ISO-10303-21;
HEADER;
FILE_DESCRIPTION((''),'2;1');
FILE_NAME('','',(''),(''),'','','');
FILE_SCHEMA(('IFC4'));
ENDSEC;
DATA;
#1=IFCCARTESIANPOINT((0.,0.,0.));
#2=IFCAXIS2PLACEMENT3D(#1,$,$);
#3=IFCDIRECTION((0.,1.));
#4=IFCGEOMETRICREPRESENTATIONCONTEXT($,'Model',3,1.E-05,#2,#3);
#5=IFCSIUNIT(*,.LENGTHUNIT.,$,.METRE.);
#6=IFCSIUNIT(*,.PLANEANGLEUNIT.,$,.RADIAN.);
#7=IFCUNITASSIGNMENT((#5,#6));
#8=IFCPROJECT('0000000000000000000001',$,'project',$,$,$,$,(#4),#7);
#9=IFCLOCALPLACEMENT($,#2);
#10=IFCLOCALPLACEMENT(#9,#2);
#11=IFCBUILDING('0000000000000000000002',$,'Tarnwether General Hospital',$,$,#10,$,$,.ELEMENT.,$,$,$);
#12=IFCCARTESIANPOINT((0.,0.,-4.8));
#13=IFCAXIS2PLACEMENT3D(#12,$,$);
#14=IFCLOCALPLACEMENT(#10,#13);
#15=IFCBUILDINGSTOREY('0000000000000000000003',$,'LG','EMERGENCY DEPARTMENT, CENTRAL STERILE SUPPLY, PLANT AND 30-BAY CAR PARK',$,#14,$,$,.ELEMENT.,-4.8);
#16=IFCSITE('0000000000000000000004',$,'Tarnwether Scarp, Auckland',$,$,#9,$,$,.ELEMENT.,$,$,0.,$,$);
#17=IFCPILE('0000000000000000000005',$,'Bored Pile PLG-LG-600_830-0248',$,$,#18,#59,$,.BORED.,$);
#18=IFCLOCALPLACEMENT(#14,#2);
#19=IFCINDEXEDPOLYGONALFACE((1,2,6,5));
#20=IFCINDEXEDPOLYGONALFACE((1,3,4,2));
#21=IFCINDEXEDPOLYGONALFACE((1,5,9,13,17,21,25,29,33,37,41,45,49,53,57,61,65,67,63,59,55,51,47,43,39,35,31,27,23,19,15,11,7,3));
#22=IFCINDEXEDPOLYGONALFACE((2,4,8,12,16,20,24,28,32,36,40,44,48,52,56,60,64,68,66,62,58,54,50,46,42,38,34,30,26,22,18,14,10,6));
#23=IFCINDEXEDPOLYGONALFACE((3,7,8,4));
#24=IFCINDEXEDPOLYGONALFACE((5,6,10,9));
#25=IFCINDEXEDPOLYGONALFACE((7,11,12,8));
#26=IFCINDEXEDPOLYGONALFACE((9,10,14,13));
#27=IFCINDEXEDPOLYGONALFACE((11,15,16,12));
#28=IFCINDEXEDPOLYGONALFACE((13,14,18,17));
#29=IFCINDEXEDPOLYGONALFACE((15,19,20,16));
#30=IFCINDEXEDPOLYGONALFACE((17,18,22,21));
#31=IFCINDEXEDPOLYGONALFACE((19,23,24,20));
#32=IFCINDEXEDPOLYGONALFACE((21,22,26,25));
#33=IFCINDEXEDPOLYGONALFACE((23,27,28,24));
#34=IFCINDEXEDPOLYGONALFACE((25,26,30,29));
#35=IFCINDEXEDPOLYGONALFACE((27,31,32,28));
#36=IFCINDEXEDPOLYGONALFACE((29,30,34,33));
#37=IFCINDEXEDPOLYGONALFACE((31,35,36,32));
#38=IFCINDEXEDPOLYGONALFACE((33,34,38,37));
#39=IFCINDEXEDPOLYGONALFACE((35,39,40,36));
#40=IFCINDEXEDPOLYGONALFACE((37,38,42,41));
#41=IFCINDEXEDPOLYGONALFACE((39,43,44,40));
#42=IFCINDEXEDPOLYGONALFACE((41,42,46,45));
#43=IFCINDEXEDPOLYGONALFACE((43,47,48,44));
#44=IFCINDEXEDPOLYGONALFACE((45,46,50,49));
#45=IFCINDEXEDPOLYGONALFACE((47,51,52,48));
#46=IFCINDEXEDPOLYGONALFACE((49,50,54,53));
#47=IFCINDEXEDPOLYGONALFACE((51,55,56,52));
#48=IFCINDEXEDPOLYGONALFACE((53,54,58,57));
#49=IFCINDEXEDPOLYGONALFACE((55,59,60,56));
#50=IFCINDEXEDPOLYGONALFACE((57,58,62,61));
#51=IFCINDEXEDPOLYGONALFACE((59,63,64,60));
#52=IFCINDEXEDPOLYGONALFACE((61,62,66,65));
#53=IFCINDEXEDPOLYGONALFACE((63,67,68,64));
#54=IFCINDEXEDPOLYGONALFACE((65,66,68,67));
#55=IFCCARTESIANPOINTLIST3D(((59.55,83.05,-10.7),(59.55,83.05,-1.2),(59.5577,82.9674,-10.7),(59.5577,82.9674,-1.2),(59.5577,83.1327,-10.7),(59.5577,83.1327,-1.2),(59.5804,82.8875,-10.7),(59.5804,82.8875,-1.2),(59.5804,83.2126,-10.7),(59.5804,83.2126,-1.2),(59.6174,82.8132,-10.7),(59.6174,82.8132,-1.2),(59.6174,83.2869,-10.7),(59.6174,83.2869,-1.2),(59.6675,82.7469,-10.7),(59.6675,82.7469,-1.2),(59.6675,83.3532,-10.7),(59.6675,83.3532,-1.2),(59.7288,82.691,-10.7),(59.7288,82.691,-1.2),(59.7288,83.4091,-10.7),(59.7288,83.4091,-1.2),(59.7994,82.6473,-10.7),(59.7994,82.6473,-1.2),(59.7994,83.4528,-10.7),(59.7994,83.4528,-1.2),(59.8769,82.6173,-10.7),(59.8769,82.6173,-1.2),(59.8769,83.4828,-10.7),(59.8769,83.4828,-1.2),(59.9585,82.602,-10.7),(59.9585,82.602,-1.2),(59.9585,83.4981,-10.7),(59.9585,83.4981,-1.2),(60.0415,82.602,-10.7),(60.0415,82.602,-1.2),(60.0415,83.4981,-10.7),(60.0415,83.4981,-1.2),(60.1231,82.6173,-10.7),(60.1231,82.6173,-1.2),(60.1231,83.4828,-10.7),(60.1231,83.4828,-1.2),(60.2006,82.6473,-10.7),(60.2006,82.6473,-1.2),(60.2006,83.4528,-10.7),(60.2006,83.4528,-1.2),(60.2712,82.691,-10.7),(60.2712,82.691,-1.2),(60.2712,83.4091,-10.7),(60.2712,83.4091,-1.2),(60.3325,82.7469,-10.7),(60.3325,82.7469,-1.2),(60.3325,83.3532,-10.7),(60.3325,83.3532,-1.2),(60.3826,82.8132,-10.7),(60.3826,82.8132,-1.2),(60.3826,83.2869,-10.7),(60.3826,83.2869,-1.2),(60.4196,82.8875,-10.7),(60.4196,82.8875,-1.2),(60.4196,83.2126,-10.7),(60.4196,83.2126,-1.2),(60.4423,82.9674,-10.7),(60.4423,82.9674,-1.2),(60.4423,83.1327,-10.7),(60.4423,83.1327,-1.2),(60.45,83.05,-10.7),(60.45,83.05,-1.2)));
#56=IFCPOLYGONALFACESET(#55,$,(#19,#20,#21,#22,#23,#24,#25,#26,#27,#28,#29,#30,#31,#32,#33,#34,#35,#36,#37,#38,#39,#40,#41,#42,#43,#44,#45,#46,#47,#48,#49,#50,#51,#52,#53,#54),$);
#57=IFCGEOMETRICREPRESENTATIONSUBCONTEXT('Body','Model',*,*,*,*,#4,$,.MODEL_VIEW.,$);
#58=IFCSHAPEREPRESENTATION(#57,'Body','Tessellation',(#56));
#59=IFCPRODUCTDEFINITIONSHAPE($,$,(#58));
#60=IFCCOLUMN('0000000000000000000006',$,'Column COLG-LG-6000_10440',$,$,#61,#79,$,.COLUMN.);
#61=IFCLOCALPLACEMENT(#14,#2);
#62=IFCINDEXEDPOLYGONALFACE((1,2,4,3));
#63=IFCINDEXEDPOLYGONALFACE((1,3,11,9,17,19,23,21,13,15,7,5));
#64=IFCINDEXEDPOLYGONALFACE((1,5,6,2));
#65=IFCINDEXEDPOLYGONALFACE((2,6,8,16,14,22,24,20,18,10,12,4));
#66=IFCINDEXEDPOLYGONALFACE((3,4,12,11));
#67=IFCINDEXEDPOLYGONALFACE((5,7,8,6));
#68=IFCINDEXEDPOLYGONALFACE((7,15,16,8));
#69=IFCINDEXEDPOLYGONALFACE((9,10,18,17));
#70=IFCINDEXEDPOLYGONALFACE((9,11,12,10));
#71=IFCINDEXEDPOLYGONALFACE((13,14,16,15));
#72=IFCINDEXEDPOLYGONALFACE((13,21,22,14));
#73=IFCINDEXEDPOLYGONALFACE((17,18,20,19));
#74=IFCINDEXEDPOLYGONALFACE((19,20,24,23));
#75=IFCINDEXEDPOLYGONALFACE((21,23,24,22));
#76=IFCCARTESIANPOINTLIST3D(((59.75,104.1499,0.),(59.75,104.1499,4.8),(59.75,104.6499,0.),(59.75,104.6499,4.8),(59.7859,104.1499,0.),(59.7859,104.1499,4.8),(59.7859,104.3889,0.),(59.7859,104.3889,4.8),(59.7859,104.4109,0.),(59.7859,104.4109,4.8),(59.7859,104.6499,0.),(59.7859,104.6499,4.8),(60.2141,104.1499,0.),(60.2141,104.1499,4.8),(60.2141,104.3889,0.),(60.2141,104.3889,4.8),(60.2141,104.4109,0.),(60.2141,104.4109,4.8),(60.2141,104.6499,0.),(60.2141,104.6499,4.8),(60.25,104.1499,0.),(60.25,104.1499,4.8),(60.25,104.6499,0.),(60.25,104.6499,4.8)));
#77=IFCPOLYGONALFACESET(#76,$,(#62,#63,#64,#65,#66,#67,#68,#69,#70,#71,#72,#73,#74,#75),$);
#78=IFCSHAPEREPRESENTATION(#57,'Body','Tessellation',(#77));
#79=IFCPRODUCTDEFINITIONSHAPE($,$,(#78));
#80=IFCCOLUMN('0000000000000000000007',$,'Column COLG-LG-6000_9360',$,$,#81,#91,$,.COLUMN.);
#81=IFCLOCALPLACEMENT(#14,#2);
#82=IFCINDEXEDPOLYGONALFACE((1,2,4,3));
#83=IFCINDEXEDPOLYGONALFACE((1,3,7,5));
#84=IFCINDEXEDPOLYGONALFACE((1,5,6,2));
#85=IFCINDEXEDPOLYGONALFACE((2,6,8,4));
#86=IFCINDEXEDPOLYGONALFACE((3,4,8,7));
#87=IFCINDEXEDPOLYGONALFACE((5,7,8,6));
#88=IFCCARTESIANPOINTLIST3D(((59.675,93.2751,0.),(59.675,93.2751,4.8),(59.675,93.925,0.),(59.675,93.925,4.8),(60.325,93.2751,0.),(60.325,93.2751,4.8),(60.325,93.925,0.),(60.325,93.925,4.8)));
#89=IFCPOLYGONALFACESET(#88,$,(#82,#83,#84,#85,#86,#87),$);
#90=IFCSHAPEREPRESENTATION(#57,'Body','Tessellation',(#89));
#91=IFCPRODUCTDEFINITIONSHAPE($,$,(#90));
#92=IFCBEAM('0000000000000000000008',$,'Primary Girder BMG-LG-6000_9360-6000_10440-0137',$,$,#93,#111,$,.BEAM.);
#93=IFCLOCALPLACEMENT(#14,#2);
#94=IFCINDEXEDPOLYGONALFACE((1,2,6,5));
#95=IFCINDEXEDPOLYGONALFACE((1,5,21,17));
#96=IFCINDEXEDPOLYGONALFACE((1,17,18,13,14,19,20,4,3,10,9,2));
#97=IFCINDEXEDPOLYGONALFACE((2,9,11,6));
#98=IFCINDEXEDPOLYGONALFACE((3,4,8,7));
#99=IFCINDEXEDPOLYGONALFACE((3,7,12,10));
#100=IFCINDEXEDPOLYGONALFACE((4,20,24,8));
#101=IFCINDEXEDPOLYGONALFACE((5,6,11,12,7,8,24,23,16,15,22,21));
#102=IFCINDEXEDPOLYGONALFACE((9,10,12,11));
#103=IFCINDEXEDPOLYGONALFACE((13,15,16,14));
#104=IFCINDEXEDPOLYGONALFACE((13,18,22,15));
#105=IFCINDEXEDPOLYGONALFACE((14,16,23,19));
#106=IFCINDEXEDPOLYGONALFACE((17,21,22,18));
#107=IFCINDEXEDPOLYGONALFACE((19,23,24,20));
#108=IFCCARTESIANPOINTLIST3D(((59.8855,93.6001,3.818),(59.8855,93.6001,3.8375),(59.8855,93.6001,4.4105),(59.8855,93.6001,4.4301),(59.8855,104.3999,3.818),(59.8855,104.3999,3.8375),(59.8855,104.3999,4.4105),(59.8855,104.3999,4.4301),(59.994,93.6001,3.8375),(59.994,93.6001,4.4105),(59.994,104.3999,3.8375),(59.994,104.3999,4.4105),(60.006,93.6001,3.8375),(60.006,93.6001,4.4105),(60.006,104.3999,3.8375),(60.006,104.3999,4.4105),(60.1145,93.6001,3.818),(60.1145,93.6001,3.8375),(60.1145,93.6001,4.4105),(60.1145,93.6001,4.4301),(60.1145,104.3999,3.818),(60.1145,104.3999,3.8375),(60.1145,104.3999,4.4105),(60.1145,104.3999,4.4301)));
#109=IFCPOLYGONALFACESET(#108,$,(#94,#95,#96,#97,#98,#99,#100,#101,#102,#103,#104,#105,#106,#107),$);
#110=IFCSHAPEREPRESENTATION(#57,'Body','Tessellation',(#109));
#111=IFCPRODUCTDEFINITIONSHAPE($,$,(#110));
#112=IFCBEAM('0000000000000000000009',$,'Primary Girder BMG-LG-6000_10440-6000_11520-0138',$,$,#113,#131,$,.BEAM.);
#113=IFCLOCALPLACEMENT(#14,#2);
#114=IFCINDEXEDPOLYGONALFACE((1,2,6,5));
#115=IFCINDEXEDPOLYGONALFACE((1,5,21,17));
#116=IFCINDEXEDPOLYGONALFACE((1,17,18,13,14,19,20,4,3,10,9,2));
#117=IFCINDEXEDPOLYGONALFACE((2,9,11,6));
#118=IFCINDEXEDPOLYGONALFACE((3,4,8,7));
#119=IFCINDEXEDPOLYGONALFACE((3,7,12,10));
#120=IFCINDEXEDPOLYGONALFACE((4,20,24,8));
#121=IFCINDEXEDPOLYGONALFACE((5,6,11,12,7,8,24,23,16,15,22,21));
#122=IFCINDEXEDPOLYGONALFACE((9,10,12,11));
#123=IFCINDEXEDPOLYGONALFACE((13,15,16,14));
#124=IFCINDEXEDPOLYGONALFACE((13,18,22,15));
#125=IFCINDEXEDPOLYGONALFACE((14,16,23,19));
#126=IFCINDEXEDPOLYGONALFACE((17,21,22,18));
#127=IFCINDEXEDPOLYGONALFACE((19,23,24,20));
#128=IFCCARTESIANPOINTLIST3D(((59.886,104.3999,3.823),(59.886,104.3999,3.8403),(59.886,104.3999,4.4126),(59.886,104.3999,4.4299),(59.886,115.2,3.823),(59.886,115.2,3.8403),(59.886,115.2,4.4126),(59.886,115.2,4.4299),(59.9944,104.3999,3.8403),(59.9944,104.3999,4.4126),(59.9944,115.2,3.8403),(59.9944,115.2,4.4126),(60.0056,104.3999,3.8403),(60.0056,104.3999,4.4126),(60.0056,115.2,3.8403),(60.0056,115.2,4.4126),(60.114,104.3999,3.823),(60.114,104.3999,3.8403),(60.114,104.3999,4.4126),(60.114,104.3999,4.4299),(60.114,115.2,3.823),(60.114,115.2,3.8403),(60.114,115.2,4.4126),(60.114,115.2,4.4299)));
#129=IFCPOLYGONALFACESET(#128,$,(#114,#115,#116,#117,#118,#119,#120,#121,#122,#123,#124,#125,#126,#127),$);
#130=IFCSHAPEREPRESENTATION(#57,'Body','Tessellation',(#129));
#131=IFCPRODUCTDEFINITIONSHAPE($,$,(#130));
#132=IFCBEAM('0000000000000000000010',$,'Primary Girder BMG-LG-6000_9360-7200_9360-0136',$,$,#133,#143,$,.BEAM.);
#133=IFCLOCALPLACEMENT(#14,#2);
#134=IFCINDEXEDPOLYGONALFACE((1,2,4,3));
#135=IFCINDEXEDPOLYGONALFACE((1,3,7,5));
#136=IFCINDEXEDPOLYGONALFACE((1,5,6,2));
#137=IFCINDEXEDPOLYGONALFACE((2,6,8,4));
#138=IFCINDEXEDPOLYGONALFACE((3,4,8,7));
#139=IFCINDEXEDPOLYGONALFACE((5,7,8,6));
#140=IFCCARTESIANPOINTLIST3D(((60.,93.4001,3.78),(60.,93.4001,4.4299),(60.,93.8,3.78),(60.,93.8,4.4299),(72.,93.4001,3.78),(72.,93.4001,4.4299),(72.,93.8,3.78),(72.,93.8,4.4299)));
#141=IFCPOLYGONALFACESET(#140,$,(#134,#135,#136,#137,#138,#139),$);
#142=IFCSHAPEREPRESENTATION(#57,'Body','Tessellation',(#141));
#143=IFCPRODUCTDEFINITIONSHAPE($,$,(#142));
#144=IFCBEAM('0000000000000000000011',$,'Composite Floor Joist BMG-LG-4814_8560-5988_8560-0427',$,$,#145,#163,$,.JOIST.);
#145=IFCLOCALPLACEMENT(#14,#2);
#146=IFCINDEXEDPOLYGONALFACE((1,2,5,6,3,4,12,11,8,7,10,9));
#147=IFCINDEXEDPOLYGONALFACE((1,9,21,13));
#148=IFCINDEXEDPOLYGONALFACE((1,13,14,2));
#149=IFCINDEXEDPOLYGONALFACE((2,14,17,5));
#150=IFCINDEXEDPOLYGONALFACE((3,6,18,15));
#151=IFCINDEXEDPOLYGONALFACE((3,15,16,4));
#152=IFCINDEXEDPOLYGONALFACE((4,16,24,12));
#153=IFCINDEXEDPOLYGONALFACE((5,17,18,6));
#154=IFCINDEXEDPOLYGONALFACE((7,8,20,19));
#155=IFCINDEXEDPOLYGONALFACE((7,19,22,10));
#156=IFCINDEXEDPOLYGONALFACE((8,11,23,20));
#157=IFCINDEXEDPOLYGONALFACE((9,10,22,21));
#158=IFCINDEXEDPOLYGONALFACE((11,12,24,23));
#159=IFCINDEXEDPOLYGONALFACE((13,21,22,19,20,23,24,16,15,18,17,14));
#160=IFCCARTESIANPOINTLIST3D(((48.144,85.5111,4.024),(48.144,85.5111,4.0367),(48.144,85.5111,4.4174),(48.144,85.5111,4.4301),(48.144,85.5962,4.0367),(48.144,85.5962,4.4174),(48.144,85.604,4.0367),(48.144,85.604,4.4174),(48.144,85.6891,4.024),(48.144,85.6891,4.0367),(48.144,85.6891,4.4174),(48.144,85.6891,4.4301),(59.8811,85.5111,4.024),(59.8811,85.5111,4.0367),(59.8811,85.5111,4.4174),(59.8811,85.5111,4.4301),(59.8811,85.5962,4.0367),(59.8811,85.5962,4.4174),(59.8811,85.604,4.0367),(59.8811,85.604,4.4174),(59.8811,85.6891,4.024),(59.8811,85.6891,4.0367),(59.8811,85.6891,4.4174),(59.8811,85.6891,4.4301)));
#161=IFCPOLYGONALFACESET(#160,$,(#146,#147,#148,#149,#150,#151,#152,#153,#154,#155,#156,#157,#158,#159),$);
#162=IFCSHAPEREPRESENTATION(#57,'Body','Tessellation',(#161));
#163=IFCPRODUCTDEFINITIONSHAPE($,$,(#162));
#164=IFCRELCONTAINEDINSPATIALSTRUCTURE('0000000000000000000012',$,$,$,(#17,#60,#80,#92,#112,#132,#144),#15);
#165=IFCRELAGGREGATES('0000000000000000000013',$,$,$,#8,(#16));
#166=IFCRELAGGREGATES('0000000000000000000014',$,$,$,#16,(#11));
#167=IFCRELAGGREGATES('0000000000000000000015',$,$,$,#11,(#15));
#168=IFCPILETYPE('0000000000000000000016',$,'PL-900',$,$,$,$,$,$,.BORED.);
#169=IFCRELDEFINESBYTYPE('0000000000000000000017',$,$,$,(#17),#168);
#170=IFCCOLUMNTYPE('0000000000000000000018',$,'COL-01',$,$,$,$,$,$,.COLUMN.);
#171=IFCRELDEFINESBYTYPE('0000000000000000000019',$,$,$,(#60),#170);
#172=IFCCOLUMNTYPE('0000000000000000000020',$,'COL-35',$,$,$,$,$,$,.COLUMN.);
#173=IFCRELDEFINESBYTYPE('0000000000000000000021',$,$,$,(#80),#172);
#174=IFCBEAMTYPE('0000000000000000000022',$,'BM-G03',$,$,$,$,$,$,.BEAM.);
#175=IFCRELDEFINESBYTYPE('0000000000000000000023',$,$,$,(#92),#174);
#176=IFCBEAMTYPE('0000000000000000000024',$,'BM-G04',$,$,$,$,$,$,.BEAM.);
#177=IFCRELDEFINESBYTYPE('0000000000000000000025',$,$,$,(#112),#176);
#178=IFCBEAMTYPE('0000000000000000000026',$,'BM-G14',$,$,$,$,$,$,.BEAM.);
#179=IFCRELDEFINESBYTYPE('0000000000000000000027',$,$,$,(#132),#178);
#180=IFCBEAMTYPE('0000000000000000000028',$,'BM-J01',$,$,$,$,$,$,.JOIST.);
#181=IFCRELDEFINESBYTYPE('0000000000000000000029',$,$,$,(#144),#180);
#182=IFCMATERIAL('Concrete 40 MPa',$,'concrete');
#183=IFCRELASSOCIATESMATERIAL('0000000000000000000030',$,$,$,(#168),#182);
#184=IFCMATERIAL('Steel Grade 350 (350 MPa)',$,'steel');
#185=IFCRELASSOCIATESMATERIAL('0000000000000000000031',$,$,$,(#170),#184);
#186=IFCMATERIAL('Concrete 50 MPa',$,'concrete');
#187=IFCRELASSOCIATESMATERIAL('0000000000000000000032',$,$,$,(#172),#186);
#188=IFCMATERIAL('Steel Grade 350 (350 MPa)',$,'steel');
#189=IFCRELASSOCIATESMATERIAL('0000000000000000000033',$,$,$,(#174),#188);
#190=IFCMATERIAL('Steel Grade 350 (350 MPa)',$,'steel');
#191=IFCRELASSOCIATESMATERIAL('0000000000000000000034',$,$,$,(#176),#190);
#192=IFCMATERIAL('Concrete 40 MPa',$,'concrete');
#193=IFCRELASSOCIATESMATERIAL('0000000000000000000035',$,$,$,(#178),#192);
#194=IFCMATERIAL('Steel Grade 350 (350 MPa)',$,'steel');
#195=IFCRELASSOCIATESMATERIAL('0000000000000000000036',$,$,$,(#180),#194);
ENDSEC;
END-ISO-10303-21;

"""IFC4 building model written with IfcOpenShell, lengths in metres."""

from ifc_helpers import new_model, si_unit, direction, frame, origin, origin_2d, place, context, subcontext, project, spatial, rectangle, circle, i_section, extrude, material, material_profile, profile_set, type_object, element, save


model = new_model("IFC4")

# Units and contexts
model_context = context("Model", 3, precision=1e-05, world=origin(), true_north=direction((0.0, 1.0)))
body_context = subcontext(model_context, "Body", "Model", "MODEL_VIEW")
ifc_project = project(units=[si_unit("LENGTHUNIT", "METRE"), si_unit("PLANEANGLEUNIT", "RADIAN")], contexts=[model_context])

# Site, building, storey
site_placement = place(None, origin())
site = spatial("IfcSite", under=ifc_project, at=site_placement, Name="Tarnwether Scarp, Auckland", CompositionType="ELEMENT", RefElevation=0.0)
building_placement = place(site_placement, origin())
building = spatial("IfcBuilding", under=site, at=building_placement, Name="Tarnwether General Hospital", CompositionType="ELEMENT")
storey_placement = place(building_placement, frame((0.0, 0.0, -4.8)))
storey = spatial("IfcBuildingStorey", under=building, at=storey_placement, Name="LG", Description="EMERGENCY DEPARTMENT, CENTRAL STERILE SUPPLY, PLANT AND 30-BAY CAR PARK", CompositionType="ELEMENT", Elevation=-4.8)

# Pile
ifc_material_1 = material(Name="Concrete 40 MPa", Category="concrete")
ifc_material_profile_1 = material_profile(ifc_material_1, circle(Radius=0.45, at=origin_2d()), Name="PILE-D900")
ifc_profile_set_1 = profile_set([ifc_material_profile_1], Name="Concrete 40 MPa")
pile_type_1 = type_object("IfcPileType", Name="PL-900", PredefinedType="BORED", material=ifc_profile_set_1)
pile_1_placement = place(storey_placement, frame((60.0, 83.05, -1.2), z_axis=(0.0, 0.0, -1.0), x_axis=(1.0, 0.0, 0.0)))
element("IfcPile", 1, at=pile_1_placement, inside=storey, type_object=pile_type_1, Name="Bored Pile PLG-LG-600_830-0248", PredefinedType="BORED", context=body_context, shape_type="SweptSolid", body=[
    extrude(circle(Radius=0.45, at=origin_2d()), origin(), (0.0, 0.0, 1.0), 9.5),
])

# Columns
ifc_material_2 = material(Name="Steel Grade 350 (350 MPa)", Category="steel")
ifc_material_profile_2 = material_profile(ifc_material_2, i_section(OverallWidth=0.5, OverallDepth=0.5, WebThickness=0.022, FlangeThickness=0.0359, at=origin_2d()), Name="500WC380")
ifc_profile_set_2 = profile_set([ifc_material_profile_2], Name="Steel Grade 350 (350 MPa)")
column_type_1 = type_object("IfcColumnType", Name="COL-01", PredefinedType="COLUMN", material=ifc_profile_set_2)
column_1_placement = place(storey_placement, frame((60.0, 104.3999, 0.0), z_axis=(0.0, 0.0, 1.0), x_axis=(0.0, 1.0, 0.0)))
element("IfcColumn", 2, at=column_1_placement, inside=storey, type_object=column_type_1, Name="Column COLG-LG-6000_10440", PredefinedType="COLUMN", context=body_context, shape_type="SweptSolid", body=[
    extrude(i_section(OverallWidth=0.5, OverallDepth=0.5, WebThickness=0.022, FlangeThickness=0.0359, at=origin_2d()), origin(), (0.0, 0.0, 1.0), 4.8),
])
ifc_material_3 = material(Name="Concrete 50 MPa", Category="concrete")
ifc_material_profile_3 = material_profile(ifc_material_3, rectangle(XDim=0.6499, YDim=0.6499, at=origin_2d()), Name="RC-COL-650x650")
ifc_profile_set_3 = profile_set([ifc_material_profile_3], Name="Concrete 50 MPa")
column_type_2 = type_object("IfcColumnType", Name="COL-35", PredefinedType="COLUMN", material=ifc_profile_set_3)
column_2_placement = place(storey_placement, frame((60.0, 93.6001, 0.0), z_axis=(0.0, 0.0, 1.0), x_axis=(0.0, 1.0, 0.0)))
element("IfcColumn", 3, at=column_2_placement, inside=storey, type_object=column_type_2, Name="Column COLG-LG-6000_9360", PredefinedType="COLUMN", context=body_context, shape_type="SweptSolid", body=[
    extrude(rectangle(XDim=0.6499, YDim=0.6499, at=origin_2d()), origin(), (0.0, 0.0, 1.0), 4.8),
])

# Beams
ifc_material_4 = material(Name="Steel Grade 350 (350 MPa)", Category="steel")
ifc_material_profile_4 = material_profile(ifc_material_4, i_section(OverallWidth=0.229, OverallDepth=0.6121, WebThickness=0.012, FlangeThickness=0.0195, at=origin_2d()), Name="610UB125")
ifc_profile_set_4 = profile_set([ifc_material_profile_4], Name="Steel Grade 350 (350 MPa)")
beam_type_1 = type_object("IfcBeamType", Name="BM-G03", PredefinedType="BEAM", material=ifc_profile_set_4)
beam_1_placement = place(storey_placement, frame((60.0, 93.6001, 4.124), z_axis=(0.0, 1.0, 0.0), x_axis=(-1.0, 0.0, 0.0)))
element("IfcBeam", 4, at=beam_1_placement, inside=storey, type_object=beam_type_1, Name="Primary Girder BMG-LG-6000_9360-6000_10440-0137", PredefinedType="BEAM", context=body_context, shape_type="SweptSolid", body=[
    extrude(i_section(OverallWidth=0.229, OverallDepth=0.6121, WebThickness=0.012, FlangeThickness=0.0195, at=origin_2d()), origin(), (0.0, 0.0, 1.0), 10.7998),
])
ifc_material_5 = material(Name="Steel Grade 350 (350 MPa)", Category="steel")
ifc_material_profile_5 = material_profile(ifc_material_5, i_section(OverallWidth=0.228, OverallDepth=0.6069, WebThickness=0.0112, FlangeThickness=0.0173, at=origin_2d()), Name="610UB113")
ifc_profile_set_5 = profile_set([ifc_material_profile_5], Name="Steel Grade 350 (350 MPa)")
beam_type_2 = type_object("IfcBeamType", Name="BM-G04", PredefinedType="BEAM", material=ifc_profile_set_5)
beam_2_placement = place(storey_placement, frame((60.0, 104.3999, 4.1265), z_axis=(0.0, 1.0, 0.0), x_axis=(-1.0, 0.0, 0.0)))
element("IfcBeam", 5, at=beam_2_placement, inside=storey, type_object=beam_type_2, Name="Primary Girder BMG-LG-6000_10440-6000_11520-0138", PredefinedType="BEAM", context=body_context, shape_type="SweptSolid", body=[
    extrude(i_section(OverallWidth=0.228, OverallDepth=0.6069, WebThickness=0.0112, FlangeThickness=0.0173, at=origin_2d()), origin(), (0.0, 0.0, 1.0), 10.8),
])
ifc_material_6 = material(Name="Concrete 40 MPa", Category="concrete")
ifc_material_profile_6 = material_profile(ifc_material_6, rectangle(XDim=0.3999, YDim=0.6499, at=origin_2d()), Name="RC-BM-400x650")
ifc_profile_set_6 = profile_set([ifc_material_profile_6], Name="Concrete 40 MPa")
beam_type_3 = type_object("IfcBeamType", Name="BM-G14", PredefinedType="BEAM", material=ifc_profile_set_6)
beam_3_placement = place(storey_placement, frame((60.0, 93.6001, 4.105), z_axis=(1.0, 0.0, 0.0), x_axis=(0.0, 1.0, 0.0)))
element("IfcBeam", 6, at=beam_3_placement, inside=storey, type_object=beam_type_3, Name="Primary Girder BMG-LG-6000_9360-7200_9360-0136", PredefinedType="BEAM", context=body_context, shape_type="SweptSolid", body=[
    extrude(rectangle(XDim=0.3999, YDim=0.6499, at=origin_2d()), origin(), (0.0, 0.0, 1.0), 12.0),
])
ifc_material_7 = material(Name="Steel Grade 350 (350 MPa)", Category="steel")
ifc_material_profile_7 = material_profile(ifc_material_7, i_section(OverallWidth=0.178, OverallDepth=0.406, WebThickness=0.0078, FlangeThickness=0.0127, at=origin_2d()), Name="410UB59.7")
ifc_profile_set_7 = profile_set([ifc_material_profile_7], Name="Steel Grade 350 (350 MPa)")
beam_type_4 = type_object("IfcBeamType", Name="BM-J01", PredefinedType="JOIST", material=ifc_profile_set_7)
beam_4_placement = place(storey_placement, frame((48.144, 85.6001, 4.2271), z_axis=(1.0, 0.0, 0.0), x_axis=(0.0, 1.0, 0.0)))
element("IfcBeam", 7, at=beam_4_placement, inside=storey, type_object=beam_type_4, Name="Composite Floor Joist BMG-LG-4814_8560-5988_8560-0427", PredefinedType="JOIST", context=body_context, shape_type="SweptSolid", body=[
    extrude(i_section(OverallWidth=0.178, OverallDepth=0.406, WebThickness=0.0078, FlangeThickness=0.0127, at=origin_2d()), origin(), (0.0, 0.0, 1.0), 11.7371),
])

save(model, "model.ifc")
